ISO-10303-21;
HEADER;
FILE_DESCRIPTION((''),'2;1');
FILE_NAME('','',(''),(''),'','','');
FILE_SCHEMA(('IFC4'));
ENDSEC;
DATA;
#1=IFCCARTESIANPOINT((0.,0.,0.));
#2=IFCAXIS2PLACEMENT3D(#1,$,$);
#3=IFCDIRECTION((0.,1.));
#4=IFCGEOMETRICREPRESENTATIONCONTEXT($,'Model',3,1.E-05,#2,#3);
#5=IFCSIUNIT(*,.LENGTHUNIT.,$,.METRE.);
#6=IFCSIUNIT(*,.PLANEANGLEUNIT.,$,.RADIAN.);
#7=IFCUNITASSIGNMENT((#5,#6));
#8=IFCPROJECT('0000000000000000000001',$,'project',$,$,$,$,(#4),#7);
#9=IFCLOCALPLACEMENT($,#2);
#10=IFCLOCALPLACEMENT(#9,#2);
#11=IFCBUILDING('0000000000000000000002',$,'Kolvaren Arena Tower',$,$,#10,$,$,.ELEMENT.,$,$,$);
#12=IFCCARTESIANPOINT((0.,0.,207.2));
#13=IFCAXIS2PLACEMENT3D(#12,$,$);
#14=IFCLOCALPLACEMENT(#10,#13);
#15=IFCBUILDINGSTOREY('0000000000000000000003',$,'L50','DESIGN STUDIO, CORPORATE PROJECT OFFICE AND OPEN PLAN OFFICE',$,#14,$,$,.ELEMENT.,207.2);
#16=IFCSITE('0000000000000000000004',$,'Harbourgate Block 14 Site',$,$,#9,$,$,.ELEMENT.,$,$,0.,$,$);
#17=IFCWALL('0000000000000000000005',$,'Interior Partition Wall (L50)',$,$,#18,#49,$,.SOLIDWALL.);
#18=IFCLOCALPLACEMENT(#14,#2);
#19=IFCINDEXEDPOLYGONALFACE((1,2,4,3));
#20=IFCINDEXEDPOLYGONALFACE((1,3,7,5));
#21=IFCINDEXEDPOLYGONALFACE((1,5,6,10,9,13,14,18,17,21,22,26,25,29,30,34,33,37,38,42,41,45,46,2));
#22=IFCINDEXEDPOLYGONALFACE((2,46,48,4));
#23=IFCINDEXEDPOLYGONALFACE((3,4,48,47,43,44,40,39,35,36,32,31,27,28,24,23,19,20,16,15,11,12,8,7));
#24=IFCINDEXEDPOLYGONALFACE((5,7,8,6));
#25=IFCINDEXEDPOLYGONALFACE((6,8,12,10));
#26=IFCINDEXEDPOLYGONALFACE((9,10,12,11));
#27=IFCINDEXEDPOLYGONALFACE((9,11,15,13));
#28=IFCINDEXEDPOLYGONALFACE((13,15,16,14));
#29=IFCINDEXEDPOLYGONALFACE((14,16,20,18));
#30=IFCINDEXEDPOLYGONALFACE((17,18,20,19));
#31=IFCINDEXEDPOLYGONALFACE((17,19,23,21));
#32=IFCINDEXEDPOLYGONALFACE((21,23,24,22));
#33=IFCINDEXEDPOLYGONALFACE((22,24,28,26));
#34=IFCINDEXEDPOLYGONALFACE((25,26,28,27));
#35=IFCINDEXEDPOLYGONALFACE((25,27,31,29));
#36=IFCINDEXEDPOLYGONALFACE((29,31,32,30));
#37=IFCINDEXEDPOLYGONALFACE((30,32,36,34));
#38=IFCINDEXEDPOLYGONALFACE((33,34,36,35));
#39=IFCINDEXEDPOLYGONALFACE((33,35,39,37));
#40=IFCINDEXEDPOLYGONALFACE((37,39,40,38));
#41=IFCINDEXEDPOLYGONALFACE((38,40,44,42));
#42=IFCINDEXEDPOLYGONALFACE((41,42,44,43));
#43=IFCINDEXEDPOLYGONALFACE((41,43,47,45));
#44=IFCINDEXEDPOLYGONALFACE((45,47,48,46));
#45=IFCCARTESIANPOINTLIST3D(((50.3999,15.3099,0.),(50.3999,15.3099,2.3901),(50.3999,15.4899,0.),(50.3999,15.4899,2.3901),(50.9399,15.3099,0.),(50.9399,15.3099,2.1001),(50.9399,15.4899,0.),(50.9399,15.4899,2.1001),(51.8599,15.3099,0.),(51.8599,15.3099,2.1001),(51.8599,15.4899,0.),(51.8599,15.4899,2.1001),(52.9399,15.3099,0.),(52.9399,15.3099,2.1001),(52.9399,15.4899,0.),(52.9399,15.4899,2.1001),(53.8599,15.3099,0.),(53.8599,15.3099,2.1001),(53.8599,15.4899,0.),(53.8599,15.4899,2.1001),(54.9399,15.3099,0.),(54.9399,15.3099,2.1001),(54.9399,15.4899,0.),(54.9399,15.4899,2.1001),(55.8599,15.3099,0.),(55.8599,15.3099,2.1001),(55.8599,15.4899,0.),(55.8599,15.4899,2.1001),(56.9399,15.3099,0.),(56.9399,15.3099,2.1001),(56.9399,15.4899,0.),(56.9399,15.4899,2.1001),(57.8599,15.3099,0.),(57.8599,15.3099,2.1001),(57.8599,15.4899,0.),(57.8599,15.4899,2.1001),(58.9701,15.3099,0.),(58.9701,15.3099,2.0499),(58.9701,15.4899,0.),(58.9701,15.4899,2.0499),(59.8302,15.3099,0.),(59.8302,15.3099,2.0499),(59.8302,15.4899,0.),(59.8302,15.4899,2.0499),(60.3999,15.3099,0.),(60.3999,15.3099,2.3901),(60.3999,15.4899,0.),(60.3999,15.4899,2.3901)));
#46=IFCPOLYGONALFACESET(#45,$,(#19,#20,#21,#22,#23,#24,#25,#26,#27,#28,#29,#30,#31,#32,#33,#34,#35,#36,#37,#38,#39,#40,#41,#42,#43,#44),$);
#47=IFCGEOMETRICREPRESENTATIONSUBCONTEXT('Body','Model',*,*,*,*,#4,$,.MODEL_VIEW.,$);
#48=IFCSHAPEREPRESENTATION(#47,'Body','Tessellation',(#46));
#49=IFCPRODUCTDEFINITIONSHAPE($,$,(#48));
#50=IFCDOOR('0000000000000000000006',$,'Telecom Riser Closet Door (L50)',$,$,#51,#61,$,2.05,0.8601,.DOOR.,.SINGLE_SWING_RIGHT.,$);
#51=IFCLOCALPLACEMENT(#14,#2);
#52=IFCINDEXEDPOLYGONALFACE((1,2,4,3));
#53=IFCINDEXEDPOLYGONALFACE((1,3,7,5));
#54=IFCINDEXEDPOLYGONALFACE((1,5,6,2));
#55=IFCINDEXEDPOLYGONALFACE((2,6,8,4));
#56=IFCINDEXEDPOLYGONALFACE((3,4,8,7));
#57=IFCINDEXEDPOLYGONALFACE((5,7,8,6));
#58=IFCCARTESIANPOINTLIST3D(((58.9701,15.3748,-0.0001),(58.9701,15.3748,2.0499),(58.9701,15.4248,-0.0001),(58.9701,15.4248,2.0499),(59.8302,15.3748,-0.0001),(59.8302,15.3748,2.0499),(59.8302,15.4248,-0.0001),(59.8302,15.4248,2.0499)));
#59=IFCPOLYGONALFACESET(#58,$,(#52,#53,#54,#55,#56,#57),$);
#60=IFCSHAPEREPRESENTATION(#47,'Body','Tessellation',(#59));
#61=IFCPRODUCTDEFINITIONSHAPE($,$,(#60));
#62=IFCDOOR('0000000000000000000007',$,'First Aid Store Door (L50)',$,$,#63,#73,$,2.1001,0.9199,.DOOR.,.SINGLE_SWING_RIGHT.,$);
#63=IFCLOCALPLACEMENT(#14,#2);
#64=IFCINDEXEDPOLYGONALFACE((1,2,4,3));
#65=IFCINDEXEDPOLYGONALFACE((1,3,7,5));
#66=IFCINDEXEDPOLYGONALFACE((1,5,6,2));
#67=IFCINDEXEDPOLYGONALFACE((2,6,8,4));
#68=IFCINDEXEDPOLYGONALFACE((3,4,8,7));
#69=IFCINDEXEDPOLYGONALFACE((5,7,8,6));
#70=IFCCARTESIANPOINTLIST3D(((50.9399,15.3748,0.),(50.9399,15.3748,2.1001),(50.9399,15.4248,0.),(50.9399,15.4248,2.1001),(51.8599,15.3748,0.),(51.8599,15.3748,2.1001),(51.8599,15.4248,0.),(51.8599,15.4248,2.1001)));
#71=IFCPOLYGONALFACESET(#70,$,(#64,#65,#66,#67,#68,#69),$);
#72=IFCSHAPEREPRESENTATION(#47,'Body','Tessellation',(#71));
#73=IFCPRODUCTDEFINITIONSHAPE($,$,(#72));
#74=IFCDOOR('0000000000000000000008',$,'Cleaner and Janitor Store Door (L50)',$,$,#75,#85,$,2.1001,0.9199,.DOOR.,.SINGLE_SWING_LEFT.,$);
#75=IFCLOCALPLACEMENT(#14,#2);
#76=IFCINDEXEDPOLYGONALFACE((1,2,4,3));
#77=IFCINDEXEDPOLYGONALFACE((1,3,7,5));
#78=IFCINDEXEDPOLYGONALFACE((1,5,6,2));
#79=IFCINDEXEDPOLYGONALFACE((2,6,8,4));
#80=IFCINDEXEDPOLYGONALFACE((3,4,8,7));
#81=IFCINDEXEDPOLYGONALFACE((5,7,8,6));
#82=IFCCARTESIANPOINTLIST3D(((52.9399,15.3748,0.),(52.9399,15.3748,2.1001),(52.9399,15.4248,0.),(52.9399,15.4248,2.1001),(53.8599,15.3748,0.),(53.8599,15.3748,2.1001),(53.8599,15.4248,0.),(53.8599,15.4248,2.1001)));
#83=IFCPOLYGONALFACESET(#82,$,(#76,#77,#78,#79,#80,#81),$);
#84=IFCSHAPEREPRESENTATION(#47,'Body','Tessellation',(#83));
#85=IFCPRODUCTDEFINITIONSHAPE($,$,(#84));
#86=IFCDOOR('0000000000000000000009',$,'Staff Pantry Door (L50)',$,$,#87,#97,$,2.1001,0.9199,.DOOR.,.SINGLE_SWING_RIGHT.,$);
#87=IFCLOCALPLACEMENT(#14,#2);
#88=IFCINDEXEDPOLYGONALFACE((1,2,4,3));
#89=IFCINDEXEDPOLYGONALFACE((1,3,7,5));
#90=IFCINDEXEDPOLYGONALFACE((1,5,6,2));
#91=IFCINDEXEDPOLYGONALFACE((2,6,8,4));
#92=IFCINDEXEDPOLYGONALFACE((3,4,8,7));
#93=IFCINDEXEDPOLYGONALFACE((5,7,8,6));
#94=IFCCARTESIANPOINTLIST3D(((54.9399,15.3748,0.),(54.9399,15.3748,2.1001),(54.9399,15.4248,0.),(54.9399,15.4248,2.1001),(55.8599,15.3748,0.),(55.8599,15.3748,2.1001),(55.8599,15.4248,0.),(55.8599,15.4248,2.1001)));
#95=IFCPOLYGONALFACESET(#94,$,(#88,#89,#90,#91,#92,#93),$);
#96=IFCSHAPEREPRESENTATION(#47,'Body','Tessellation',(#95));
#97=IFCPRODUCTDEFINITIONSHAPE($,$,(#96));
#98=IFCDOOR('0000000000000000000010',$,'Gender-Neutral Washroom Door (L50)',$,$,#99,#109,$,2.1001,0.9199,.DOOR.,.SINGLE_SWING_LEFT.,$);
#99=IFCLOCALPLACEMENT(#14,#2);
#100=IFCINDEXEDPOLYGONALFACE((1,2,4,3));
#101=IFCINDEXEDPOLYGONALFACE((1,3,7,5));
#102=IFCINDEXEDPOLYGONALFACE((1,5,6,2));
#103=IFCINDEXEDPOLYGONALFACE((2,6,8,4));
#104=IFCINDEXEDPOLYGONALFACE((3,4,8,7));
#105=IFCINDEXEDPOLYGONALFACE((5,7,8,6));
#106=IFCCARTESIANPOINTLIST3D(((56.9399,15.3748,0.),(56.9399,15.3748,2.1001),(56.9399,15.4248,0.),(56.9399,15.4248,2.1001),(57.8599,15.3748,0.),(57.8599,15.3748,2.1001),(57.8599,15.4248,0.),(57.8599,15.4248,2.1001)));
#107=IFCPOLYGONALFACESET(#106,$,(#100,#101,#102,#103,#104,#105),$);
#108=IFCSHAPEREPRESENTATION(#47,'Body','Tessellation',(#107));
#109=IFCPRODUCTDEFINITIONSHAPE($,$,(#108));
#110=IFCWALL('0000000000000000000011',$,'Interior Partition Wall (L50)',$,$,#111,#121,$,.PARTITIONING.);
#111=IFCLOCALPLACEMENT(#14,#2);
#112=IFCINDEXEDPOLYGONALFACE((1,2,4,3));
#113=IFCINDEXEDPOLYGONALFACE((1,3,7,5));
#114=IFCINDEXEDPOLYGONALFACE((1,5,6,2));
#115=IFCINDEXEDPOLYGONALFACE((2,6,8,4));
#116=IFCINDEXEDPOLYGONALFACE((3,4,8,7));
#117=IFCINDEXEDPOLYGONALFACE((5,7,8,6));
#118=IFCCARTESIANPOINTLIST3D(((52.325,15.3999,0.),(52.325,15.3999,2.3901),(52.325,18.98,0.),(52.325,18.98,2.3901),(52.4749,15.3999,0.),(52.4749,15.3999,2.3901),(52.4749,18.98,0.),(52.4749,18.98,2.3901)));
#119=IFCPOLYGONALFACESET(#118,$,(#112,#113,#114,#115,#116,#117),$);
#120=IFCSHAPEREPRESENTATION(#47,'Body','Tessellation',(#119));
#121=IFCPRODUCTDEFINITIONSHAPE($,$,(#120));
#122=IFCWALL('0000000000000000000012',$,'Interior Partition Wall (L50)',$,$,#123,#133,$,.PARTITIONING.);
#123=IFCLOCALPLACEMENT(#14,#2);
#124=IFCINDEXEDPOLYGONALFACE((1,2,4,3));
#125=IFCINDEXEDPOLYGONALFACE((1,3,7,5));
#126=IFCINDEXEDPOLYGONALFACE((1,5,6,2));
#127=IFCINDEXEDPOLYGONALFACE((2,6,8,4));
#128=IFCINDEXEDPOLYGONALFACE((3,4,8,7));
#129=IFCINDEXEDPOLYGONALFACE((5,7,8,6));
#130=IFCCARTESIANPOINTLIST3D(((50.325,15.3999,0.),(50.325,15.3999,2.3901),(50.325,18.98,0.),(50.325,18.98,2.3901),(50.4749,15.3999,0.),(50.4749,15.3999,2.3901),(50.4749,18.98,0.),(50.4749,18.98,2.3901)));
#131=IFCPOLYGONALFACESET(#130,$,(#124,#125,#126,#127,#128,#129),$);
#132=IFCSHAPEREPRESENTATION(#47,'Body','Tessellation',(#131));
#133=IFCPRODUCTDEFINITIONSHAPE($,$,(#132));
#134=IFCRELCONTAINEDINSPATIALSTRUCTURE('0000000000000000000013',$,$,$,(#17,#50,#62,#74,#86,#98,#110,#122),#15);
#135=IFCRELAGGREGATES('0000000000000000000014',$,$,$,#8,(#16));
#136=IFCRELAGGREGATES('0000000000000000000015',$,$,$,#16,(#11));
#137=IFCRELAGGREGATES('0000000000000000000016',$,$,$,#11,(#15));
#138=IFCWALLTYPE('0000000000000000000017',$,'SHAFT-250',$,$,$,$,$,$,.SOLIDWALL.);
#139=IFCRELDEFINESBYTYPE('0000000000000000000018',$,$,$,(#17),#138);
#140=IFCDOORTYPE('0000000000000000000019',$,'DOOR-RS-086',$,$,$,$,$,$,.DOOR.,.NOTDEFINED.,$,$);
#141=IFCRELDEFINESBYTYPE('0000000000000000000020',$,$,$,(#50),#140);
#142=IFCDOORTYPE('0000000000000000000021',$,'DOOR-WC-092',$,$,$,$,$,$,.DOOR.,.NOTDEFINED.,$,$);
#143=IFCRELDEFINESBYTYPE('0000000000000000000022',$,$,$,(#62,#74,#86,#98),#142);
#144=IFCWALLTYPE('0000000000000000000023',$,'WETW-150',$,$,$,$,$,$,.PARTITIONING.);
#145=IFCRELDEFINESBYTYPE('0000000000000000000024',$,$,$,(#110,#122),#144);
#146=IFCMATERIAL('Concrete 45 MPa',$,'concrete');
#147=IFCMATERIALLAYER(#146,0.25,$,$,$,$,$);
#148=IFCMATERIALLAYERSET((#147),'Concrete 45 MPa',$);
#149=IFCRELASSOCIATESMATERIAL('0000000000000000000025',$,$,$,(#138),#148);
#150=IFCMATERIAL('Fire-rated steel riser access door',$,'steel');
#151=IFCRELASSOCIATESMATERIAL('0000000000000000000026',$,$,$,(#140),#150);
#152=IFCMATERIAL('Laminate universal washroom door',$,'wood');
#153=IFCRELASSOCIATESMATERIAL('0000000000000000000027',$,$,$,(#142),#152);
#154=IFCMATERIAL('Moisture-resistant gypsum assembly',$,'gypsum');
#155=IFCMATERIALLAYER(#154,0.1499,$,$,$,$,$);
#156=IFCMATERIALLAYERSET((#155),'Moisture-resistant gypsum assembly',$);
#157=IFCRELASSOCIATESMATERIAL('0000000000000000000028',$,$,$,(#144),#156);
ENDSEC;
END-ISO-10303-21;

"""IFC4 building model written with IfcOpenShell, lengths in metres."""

from ifc_helpers import new_model, si_unit, direction, frame, frame_2d, origin, place, context, subcontext, project, spatial, rectangle, extrude, material, layer, layer_set, type_object, element, fill, save


model = new_model("IFC4")

# Units and contexts
model_context = context("Model", 3, precision=1e-05, world=origin(), true_north=direction((0.0, 1.0)))
body_context = subcontext(model_context, "Body", "Model", "MODEL_VIEW")
ifc_project = project(units=[si_unit("LENGTHUNIT", "METRE"), si_unit("PLANEANGLEUNIT", "RADIAN")], contexts=[model_context])

# Site, building, storey
site_placement = place(None, origin())
site = spatial("IfcSite", under=ifc_project, at=site_placement, Name="Harbourgate Block 14 Site", CompositionType="ELEMENT", RefElevation=0.0)
building_placement = place(site_placement, origin())
building = spatial("IfcBuilding", under=site, at=building_placement, Name="Kolvaren Arena Tower", CompositionType="ELEMENT")
storey_placement = place(building_placement, frame((0.0, 0.0, 207.2)))
storey = spatial("IfcBuildingStorey", under=building, at=storey_placement, Name="L50", Description="DESIGN STUDIO, CORPORATE PROJECT OFFICE AND OPEN PLAN OFFICE", CompositionType="ELEMENT", Elevation=207.2)

# Wall, openings, doors
ifc_material_1 = material(Name="Concrete 45 MPa", Category="concrete")
ifc_layer_1 = layer(ifc_material_1, 0.25)
ifc_layer_set_1 = layer_set([ifc_layer_1], Name="Concrete 45 MPa")
wall_type_1 = type_object("IfcWallType", Name="SHAFT-250", PredefinedType="SOLIDWALL", material=ifc_layer_set_1)
wall_1_placement = place(storey_placement, frame((50.3999, 15.3999, 0.0), z_axis=(0.0, 0.0, 1.0), x_axis=(1.0, 0.0, 0.0)))
wall_1 = element("IfcWall", 1, at=wall_1_placement, inside=storey, type_object=wall_type_1, Name="Interior Partition Wall (L50)", PredefinedType="SOLIDWALL", context=body_context, shape_type="SweptSolid", body=[
    extrude(rectangle(XDim=10.0, YDim=0.1799, at=frame_2d((5.0, 0.0))), origin(), (0.0, 0.0, 1.0), 2.3901),
])
opening_1_placement = place(wall_1_placement, frame((0.54, 0.0, 0.0)))
opening_1 = element("IfcOpeningElement", 2, at=opening_1_placement, cuts=wall_1, PredefinedType="OPENING", context=body_context, shape_type="SweptSolid", body=[
    extrude(rectangle(XDim=0.9199, YDim=2.1001, at=frame_2d((0.46, 1.05))), frame((0.0, 0.0999, 0.0), z_axis=(0.0, -1.0, 0.0), x_axis=(1.0, 0.0, 0.0)), (0.0, 0.0, 1.0), 0.2),
])
opening_2_placement = place(wall_1_placement, frame((2.54, 0.0, 0.0)))
opening_2 = element("IfcOpeningElement", 3, at=opening_2_placement, cuts=wall_1, PredefinedType="OPENING", context=body_context, shape_type="SweptSolid", body=[
    extrude(rectangle(XDim=0.9199, YDim=2.1001, at=frame_2d((0.46, 1.05))), frame((0.0, 0.0999, 0.0), z_axis=(0.0, -1.0, 0.0), x_axis=(1.0, 0.0, 0.0)), (0.0, 0.0, 1.0), 0.2),
])
opening_3_placement = place(wall_1_placement, frame((4.54, 0.0, 0.0)))
opening_3 = element("IfcOpeningElement", 4, at=opening_3_placement, cuts=wall_1, PredefinedType="OPENING", context=body_context, shape_type="SweptSolid", body=[
    extrude(rectangle(XDim=0.9199, YDim=2.1001, at=frame_2d((0.46, 1.05))), frame((0.0, 0.0999, 0.0), z_axis=(0.0, -1.0, 0.0), x_axis=(1.0, 0.0, 0.0)), (0.0, 0.0, 1.0), 0.2),
])
opening_4_placement = place(wall_1_placement, frame((6.54, 0.0, 0.0)))
opening_4 = element("IfcOpeningElement", 5, at=opening_4_placement, cuts=wall_1, PredefinedType="OPENING", context=body_context, shape_type="SweptSolid", body=[
    extrude(rectangle(XDim=0.9199, YDim=2.1001, at=frame_2d((0.46, 1.05))), frame((0.0, 0.0999, 0.0), z_axis=(0.0, -1.0, 0.0), x_axis=(1.0, 0.0, 0.0)), (0.0, 0.0, 1.0), 0.2),
])
opening_5_placement = place(wall_1_placement, frame((8.5701, 0.0, 0.0)))
opening_5 = element("IfcOpeningElement", 6, at=opening_5_placement, cuts=wall_1, PredefinedType="OPENING", context=body_context, shape_type="SweptSolid", body=[
    extrude(rectangle(XDim=0.8601, YDim=2.05, at=frame_2d((0.4302, 1.0249))), frame((0.0, 0.0999, 0.0), z_axis=(0.0, -1.0, 0.0), x_axis=(1.0, 0.0, 0.0)), (0.0, 0.0, 1.0), 0.2),
])
ifc_material_2 = material(Name="Fire-rated steel riser access door", Category="steel")
door_type_1 = type_object("IfcDoorType", Name="DOOR-RS-086", OperationType="NOTDEFINED", PredefinedType="DOOR", material=ifc_material_2)
door_1_placement = place(opening_5_placement, origin())
door_1 = element("IfcDoor", 7, at=door_1_placement, inside=storey, type_object=door_type_1, Name="Telecom Riser Closet Door (L50)", OperationType="SINGLE_SWING_RIGHT", OverallHeight=2.05, OverallWidth=0.8601, PredefinedType="DOOR", context=body_context, shape_type="SweptSolid", body=[
    extrude(rectangle(XDim=0.8601, YDim=2.05, at=frame_2d((0.4302, 1.0249))), frame((0.0, 0.0249, 0.0), z_axis=(0.0, -1.0, 0.0), x_axis=(1.0, 0.0, 0.0)), (0.0, 0.0, 1.0), 0.05),
])
fill(opening_5, door_1)
ifc_material_3 = material(Name="Laminate universal washroom door", Category="wood")
door_type_2 = type_object("IfcDoorType", Name="DOOR-WC-092", OperationType="NOTDEFINED", PredefinedType="DOOR", material=ifc_material_3)
door_2_placement = place(opening_1_placement, origin())
door_2 = element("IfcDoor", 8, at=door_2_placement, inside=storey, type_object=door_type_2, Name="First Aid Store Door (L50)", OperationType="SINGLE_SWING_RIGHT", OverallHeight=2.1001, OverallWidth=0.9199, PredefinedType="DOOR", context=body_context, shape_type="SweptSolid", body=[
    extrude(rectangle(XDim=0.9199, YDim=2.1001, at=frame_2d((0.46, 1.05))), frame((0.0, 0.0249, 0.0), z_axis=(0.0, -1.0, 0.0), x_axis=(1.0, 0.0, 0.0)), (0.0, 0.0, 1.0), 0.05),
])
fill(opening_1, door_2)
door_3_placement = place(opening_2_placement, origin())
door_3 = element("IfcDoor", 9, at=door_3_placement, inside=storey, type_object=door_type_2, Name="Cleaner and Janitor Store Door (L50)", OperationType="SINGLE_SWING_LEFT", OverallHeight=2.1001, OverallWidth=0.9199, PredefinedType="DOOR", context=body_context, shape_type="SweptSolid", body=[
    extrude(rectangle(XDim=0.9199, YDim=2.1001, at=frame_2d((0.46, 1.05))), frame((0.0, 0.0249, 0.0), z_axis=(0.0, -1.0, 0.0), x_axis=(1.0, 0.0, 0.0)), (0.0, 0.0, 1.0), 0.05),
])
fill(opening_2, door_3)
door_4_placement = place(opening_3_placement, origin())
door_4 = element("IfcDoor", 10, at=door_4_placement, inside=storey, type_object=door_type_2, Name="Staff Pantry Door (L50)", OperationType="SINGLE_SWING_RIGHT", OverallHeight=2.1001, OverallWidth=0.9199, PredefinedType="DOOR", context=body_context, shape_type="SweptSolid", body=[
    extrude(rectangle(XDim=0.9199, YDim=2.1001, at=frame_2d((0.46, 1.05))), frame((0.0, 0.0249, 0.0), z_axis=(0.0, -1.0, 0.0), x_axis=(1.0, 0.0, 0.0)), (0.0, 0.0, 1.0), 0.05),
])
fill(opening_3, door_4)
door_5_placement = place(opening_4_placement, origin())
door_5 = element("IfcDoor", 11, at=door_5_placement, inside=storey, type_object=door_type_2, Name="Gender-Neutral Washroom Door (L50)", OperationType="SINGLE_SWING_LEFT", OverallHeight=2.1001, OverallWidth=0.9199, PredefinedType="DOOR", context=body_context, shape_type="SweptSolid", body=[
    extrude(rectangle(XDim=0.9199, YDim=2.1001, at=frame_2d((0.46, 1.05))), frame((0.0, 0.0249, 0.0), z_axis=(0.0, -1.0, 0.0), x_axis=(1.0, 0.0, 0.0)), (0.0, 0.0, 1.0), 0.05),
])
fill(opening_4, door_5)

# Walls
ifc_material_4 = material(Name="Moisture-resistant gypsum assembly", Category="gypsum")
ifc_layer_2 = layer(ifc_material_4, 0.1499)
ifc_layer_set_2 = layer_set([ifc_layer_2], Name="Moisture-resistant gypsum assembly")
wall_type_2 = type_object("IfcWallType", Name="WETW-150", PredefinedType="PARTITIONING", material=ifc_layer_set_2)
for number, where, z_axis, x_axis, name in (
    (12, (52.3999, 15.3999, 0.0), (0.0, 0.0, 1.0), (0.0, 1.0, 0.0), "Interior Partition Wall (L50)"),
    (13, (50.3999, 15.3999, 0.0), (0.0, 0.0, 1.0), (0.0, 1.0, 0.0), "Interior Partition Wall (L50)"),
):
    element("IfcWall", number, at=place(storey_placement, frame(where, z_axis=z_axis, x_axis=x_axis)), inside=storey, type_object=wall_type_2, Name=name, PredefinedType="PARTITIONING", context=body_context, shape_type="SweptSolid", body=[
        extrude(rectangle(XDim=3.5801, YDim=0.1499, at=frame_2d((1.79, 0.0))), origin(), (0.0, 0.0, 1.0), 2.3901),
    ])

save(model, "model.ifc")
